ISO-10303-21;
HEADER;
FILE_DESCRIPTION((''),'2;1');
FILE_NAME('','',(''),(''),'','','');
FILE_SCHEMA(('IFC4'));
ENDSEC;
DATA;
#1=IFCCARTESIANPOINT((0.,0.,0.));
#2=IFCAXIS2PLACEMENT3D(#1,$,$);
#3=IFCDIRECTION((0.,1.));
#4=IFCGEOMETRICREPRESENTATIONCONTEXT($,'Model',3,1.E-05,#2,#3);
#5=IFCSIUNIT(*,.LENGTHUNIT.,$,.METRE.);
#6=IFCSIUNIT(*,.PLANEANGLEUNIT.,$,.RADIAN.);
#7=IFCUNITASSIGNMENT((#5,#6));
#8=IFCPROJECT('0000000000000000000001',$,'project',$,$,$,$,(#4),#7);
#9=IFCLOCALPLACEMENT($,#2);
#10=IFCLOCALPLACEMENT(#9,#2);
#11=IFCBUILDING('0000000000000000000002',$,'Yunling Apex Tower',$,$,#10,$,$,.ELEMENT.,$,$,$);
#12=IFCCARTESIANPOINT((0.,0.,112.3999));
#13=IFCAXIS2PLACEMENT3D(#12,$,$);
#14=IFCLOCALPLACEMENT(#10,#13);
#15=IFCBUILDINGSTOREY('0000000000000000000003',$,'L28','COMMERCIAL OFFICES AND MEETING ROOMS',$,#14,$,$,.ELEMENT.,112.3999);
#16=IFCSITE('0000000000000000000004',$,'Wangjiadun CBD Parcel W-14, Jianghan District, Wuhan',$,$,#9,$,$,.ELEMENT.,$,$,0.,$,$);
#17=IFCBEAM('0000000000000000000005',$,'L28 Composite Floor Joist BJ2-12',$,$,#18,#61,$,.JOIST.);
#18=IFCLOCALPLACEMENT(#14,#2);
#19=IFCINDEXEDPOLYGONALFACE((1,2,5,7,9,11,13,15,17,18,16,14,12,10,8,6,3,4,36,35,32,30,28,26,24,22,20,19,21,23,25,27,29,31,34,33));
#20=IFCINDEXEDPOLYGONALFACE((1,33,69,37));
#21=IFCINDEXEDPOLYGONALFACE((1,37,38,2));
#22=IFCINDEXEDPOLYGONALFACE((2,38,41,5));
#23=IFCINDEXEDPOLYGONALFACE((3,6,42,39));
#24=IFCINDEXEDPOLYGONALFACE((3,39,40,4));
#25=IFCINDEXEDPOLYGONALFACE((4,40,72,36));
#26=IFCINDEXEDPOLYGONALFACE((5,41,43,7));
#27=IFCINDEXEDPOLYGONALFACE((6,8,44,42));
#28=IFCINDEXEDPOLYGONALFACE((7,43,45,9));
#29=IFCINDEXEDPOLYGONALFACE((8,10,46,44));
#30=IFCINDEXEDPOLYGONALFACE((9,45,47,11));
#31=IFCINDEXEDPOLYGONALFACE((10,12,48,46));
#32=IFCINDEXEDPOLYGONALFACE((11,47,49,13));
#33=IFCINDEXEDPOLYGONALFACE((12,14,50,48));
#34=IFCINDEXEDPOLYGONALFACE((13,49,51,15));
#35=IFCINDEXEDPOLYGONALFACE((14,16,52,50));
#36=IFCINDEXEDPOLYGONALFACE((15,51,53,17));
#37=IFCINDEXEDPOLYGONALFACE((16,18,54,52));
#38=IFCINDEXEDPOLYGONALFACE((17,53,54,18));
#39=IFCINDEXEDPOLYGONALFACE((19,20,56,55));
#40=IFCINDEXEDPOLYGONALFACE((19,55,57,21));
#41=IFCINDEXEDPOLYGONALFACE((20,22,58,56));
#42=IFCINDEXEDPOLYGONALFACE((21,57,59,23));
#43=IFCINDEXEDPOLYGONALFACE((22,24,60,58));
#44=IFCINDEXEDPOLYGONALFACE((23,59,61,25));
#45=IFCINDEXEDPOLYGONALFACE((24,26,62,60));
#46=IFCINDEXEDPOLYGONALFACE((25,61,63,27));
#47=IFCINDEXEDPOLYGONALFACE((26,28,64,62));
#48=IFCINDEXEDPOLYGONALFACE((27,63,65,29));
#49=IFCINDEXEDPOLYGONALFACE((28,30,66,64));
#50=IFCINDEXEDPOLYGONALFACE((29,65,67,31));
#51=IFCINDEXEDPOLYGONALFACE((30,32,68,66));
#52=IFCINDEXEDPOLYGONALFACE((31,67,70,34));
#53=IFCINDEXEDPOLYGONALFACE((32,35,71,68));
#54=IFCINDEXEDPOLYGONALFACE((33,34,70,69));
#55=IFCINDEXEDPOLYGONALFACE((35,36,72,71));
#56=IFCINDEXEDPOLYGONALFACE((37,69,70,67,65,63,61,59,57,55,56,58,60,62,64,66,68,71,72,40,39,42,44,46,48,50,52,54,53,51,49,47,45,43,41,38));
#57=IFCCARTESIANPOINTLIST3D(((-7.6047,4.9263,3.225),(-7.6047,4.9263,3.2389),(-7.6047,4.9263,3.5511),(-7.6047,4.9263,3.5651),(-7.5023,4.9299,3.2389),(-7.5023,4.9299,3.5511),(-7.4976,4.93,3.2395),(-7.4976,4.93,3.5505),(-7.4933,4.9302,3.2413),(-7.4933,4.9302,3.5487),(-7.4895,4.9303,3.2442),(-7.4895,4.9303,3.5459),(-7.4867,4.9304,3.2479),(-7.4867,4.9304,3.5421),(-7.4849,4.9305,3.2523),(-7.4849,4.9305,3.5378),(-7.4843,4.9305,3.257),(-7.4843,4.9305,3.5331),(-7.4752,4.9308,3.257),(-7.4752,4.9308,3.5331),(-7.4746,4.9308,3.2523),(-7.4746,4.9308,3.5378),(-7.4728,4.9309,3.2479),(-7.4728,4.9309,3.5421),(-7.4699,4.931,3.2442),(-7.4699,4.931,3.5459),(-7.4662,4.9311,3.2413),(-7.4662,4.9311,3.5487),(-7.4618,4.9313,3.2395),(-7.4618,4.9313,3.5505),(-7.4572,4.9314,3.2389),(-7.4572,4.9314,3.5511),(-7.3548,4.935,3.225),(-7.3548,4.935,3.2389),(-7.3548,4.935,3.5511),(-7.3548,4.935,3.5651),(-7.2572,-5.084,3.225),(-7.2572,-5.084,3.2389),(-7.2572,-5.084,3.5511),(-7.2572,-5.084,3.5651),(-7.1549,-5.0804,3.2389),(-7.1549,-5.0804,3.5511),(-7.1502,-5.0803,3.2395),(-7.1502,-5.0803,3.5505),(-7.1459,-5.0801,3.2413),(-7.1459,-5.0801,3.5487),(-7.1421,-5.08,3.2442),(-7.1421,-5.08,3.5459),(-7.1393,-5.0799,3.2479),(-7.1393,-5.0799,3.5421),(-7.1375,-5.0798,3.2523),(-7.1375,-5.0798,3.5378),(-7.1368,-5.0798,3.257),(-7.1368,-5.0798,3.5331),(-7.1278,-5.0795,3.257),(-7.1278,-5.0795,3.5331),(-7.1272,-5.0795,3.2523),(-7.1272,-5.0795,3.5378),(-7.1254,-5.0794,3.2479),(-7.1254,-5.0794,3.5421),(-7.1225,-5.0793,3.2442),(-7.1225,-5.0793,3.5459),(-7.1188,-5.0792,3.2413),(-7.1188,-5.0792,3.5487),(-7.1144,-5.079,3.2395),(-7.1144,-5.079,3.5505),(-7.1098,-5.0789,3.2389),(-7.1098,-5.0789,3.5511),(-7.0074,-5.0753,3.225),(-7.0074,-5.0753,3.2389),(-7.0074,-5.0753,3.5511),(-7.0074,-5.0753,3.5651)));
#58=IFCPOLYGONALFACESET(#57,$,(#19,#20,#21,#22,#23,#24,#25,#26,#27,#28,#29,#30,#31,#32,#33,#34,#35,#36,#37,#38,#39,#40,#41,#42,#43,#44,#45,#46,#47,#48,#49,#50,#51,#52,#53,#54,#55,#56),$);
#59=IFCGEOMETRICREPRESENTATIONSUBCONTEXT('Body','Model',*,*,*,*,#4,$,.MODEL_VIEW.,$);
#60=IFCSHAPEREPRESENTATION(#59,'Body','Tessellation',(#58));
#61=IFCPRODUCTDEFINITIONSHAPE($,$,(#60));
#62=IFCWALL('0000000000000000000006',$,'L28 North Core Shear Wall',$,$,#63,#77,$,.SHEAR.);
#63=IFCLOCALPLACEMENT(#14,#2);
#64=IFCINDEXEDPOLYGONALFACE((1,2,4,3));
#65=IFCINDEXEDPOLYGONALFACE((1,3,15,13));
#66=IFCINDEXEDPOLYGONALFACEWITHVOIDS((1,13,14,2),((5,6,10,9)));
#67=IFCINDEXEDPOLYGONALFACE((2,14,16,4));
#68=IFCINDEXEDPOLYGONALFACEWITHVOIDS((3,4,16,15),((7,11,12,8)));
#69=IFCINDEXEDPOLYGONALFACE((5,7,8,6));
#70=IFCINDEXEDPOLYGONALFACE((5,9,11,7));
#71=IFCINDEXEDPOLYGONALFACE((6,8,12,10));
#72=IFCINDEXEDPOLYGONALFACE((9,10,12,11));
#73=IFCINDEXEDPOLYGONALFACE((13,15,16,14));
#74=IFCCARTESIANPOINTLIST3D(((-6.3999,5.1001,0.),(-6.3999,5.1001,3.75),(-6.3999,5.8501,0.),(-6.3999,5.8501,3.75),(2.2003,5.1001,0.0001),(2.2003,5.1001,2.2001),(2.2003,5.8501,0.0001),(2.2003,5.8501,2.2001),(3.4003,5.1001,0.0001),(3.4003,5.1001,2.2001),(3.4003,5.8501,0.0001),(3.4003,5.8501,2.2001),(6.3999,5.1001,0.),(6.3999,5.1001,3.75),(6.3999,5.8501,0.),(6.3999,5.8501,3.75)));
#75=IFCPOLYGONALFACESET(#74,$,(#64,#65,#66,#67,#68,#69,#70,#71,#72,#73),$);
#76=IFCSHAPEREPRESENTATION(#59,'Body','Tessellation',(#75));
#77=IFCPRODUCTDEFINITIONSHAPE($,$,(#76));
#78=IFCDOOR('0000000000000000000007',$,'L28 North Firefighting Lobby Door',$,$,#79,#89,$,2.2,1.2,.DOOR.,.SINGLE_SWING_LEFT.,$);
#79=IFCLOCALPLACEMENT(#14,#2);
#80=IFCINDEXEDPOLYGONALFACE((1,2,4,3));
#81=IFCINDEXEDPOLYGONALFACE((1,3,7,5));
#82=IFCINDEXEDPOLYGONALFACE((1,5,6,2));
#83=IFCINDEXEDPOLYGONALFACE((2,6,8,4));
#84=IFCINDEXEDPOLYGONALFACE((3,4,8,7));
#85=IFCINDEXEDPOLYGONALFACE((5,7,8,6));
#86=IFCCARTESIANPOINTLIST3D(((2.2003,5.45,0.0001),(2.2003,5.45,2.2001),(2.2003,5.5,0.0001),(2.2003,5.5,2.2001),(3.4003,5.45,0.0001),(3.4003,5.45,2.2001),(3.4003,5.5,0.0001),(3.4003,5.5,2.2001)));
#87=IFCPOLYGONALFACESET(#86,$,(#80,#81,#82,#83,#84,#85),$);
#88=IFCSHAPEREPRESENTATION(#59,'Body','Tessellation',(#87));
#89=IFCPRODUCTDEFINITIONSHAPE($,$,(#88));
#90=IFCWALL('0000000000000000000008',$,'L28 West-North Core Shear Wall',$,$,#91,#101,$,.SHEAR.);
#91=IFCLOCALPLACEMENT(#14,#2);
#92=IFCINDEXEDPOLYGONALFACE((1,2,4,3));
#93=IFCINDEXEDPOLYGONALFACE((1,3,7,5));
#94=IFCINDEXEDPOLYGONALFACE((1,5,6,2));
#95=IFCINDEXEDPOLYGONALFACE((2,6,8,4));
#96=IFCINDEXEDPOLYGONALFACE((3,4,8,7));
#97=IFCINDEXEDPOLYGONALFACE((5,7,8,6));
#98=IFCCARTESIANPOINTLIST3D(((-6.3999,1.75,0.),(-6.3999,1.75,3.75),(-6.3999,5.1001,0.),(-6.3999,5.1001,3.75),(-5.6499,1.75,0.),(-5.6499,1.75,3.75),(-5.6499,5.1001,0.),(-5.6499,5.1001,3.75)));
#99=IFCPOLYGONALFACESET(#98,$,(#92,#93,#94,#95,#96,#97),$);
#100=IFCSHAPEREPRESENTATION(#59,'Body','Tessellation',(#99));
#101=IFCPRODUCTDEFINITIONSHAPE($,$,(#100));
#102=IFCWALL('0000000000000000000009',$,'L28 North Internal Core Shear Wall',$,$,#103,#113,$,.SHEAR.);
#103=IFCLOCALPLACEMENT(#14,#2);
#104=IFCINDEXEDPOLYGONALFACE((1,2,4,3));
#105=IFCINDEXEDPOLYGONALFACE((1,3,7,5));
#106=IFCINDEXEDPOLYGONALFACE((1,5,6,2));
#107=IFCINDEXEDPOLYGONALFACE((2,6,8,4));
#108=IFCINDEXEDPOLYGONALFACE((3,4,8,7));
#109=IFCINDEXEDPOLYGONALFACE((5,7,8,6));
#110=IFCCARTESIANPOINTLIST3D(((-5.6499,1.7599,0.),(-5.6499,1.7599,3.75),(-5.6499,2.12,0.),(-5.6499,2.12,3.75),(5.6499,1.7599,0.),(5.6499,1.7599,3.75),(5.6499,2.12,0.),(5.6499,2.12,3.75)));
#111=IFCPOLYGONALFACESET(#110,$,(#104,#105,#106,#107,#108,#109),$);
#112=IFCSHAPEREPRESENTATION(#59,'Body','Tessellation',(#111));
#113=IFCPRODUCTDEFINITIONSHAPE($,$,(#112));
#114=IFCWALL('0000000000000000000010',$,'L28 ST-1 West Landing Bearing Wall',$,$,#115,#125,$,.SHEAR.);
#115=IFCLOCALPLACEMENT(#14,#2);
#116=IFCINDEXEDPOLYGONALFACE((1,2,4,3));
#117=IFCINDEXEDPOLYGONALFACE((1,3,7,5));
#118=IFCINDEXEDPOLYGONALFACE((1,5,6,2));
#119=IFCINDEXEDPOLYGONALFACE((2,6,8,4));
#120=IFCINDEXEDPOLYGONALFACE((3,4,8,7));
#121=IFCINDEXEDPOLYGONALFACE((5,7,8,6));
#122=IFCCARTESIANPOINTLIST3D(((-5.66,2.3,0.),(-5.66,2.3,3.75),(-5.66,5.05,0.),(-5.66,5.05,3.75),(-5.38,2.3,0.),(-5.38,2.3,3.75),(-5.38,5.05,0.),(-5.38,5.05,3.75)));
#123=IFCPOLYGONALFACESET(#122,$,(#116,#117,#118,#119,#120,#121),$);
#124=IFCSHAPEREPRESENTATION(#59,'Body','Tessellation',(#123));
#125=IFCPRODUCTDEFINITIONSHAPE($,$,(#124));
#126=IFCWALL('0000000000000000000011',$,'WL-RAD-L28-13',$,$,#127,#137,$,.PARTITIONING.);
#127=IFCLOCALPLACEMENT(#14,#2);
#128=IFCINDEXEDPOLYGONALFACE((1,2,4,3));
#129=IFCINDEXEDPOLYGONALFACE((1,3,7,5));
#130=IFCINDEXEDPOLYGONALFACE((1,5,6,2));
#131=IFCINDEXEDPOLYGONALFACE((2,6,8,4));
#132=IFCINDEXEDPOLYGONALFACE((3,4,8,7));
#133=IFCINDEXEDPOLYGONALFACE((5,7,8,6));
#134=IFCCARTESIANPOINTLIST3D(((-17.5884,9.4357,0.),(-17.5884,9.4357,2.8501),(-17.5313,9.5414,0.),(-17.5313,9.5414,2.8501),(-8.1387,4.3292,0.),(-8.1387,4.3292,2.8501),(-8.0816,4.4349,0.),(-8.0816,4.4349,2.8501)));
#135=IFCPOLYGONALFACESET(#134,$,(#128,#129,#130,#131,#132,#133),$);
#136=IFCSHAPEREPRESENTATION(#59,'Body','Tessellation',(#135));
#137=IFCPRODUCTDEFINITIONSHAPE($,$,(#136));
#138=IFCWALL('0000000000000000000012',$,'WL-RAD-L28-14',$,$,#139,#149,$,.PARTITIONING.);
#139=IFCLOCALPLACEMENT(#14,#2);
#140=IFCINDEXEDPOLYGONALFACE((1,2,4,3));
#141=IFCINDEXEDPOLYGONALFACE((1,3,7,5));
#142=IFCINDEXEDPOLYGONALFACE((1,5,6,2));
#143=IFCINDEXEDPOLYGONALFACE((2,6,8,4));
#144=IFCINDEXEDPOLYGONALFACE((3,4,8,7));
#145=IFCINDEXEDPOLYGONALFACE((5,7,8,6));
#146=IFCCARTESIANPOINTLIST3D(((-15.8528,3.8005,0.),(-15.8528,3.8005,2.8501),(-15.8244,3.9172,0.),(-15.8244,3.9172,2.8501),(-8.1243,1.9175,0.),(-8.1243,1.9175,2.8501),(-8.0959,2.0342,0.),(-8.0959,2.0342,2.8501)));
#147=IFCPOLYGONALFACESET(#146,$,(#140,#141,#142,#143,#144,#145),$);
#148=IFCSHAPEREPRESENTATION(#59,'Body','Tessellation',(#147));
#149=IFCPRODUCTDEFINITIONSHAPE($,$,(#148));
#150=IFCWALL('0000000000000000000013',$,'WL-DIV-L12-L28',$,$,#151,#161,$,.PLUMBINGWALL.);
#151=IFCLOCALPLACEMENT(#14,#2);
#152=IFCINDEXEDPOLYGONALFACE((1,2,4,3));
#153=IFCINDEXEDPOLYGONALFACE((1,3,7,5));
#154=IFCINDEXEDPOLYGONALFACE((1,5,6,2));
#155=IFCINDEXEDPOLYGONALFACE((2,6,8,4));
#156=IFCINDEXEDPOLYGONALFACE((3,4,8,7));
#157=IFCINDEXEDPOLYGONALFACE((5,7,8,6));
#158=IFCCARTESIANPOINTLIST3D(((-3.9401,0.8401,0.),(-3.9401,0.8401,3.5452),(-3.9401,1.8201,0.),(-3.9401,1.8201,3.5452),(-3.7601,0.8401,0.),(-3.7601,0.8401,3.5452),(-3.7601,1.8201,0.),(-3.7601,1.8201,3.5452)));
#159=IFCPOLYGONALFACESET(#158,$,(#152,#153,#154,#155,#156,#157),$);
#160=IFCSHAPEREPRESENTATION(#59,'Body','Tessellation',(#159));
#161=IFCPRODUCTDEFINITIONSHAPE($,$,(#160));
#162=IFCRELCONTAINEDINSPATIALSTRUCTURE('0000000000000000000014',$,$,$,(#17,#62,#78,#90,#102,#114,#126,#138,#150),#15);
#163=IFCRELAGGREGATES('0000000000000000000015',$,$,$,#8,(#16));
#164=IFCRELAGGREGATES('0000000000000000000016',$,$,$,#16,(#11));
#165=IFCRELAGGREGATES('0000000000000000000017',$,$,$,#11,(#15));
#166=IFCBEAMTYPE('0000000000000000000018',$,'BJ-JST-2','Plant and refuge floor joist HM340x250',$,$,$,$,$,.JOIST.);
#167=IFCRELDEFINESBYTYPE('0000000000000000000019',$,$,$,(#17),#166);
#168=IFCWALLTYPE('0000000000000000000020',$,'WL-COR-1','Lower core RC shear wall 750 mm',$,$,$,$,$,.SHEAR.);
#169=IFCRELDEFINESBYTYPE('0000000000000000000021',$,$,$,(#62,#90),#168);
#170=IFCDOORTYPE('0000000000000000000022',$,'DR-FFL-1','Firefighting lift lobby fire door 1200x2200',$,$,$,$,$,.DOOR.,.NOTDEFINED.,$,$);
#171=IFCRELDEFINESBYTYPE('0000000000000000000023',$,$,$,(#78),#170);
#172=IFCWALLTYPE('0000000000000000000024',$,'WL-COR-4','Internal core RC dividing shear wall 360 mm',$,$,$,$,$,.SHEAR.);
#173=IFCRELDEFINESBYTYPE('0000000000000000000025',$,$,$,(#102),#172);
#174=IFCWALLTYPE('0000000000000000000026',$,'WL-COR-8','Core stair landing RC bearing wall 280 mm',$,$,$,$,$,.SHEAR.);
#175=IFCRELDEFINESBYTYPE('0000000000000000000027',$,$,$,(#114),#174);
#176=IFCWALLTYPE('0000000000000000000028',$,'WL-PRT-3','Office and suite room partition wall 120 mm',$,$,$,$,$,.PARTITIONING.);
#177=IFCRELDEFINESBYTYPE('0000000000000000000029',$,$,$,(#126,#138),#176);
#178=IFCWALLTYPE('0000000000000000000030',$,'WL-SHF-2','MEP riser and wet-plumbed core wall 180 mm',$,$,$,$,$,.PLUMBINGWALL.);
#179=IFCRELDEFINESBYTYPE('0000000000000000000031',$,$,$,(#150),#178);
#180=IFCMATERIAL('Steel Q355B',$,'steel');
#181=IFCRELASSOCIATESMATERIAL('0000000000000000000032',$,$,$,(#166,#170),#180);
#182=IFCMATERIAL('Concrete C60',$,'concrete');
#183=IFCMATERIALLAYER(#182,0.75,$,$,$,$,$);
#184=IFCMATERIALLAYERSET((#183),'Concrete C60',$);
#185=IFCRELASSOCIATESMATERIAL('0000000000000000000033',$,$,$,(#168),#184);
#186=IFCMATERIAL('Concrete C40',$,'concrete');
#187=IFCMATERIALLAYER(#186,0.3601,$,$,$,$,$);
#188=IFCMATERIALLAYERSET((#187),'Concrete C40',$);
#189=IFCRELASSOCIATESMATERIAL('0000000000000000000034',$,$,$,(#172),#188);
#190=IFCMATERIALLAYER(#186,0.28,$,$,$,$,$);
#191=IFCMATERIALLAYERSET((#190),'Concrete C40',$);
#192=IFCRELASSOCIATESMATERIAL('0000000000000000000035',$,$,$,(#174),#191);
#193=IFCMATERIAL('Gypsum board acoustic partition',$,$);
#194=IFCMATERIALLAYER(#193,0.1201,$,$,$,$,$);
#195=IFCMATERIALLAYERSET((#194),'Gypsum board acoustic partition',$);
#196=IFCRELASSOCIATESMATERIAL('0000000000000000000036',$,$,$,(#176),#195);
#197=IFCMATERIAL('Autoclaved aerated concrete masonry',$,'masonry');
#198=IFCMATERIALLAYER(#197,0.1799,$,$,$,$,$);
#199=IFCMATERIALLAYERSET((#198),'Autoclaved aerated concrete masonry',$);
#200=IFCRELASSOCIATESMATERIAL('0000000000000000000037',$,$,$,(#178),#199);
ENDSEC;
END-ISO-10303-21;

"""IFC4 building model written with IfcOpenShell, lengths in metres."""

from ifc_helpers import new_model, si_unit, direction, frame, frame_2d, origin, origin_2d, place, context, subcontext, project, spatial, rectangle, i_section, extrude, source, transform, mapped, material, layer, layer_set, material_profile, profile_set, type_object, element, fill, save


model = new_model("IFC4")

# Units and contexts
model_context = context("Model", 3, precision=1e-05, world=origin(), true_north=direction((0.0, 1.0)))
body_context = subcontext(model_context, "Body", "Model", "MODEL_VIEW")
ifc_project = project(units=[si_unit("LENGTHUNIT", "METRE"), si_unit("PLANEANGLEUNIT", "RADIAN")], contexts=[model_context])

# Site, building, storey
site_placement = place(None, origin())
site = spatial("IfcSite", under=ifc_project, at=site_placement, Name="Wangjiadun CBD Parcel W-14, Jianghan District, Wuhan", CompositionType="ELEMENT", RefElevation=0.0)
building_placement = place(site_placement, origin())
building = spatial("IfcBuilding", under=site, at=building_placement, Name="Yunling Apex Tower", CompositionType="ELEMENT")
storey_placement = place(building_placement, frame((0.0, 0.0, 112.3999)))
storey = spatial("IfcBuildingStorey", under=building, at=storey_placement, Name="L28", Description="COMMERCIAL OFFICES AND MEETING ROOMS", CompositionType="ELEMENT", Elevation=112.3999)

# Shared definitions
ifc_material_1 = material(Name="Concrete C60", Category="concrete")

# Beam
ifc_material_2 = material(Name="Steel Q355B", Category="steel")
ifc_material_profile_1 = material_profile(ifc_material_2, i_section(OverallWidth=0.25, OverallDepth=0.3401, WebThickness=0.009, FlangeThickness=0.0139, FilletRadius=0.0181, at=origin_2d()))
ifc_profile_set_1 = profile_set([ifc_material_profile_1], Name="Steel Q355B")
beam_type_1 = type_object("IfcBeamType", Name="BJ-JST-2", Description="Plant and refuge floor joist HM340x250", PredefinedType="JOIST", material=ifc_profile_set_1)
shared_shape_1 = source(origin(), body_context, "Body", "SweptSolid", [
    extrude(i_section(OverallWidth=0.25, OverallDepth=0.3401, WebThickness=0.009, FlangeThickness=0.0139, FilletRadius=0.0181, at=origin_2d()), origin(), (0.0, 0.0, 1.0), 10.0164),
])
beam_1_placement = place(storey_placement, frame((-7.4797, 4.9307, 3.395), z_axis=(0.034685, -0.999398, 0.0), x_axis=(0.999398, 0.034685, 0.0)))
element("IfcBeam", 1, at=beam_1_placement, inside=storey, type_object=beam_type_1, Name="L28 Composite Floor Joist BJ2-12", PredefinedType="JOIST", context=body_context, shape_type="MappedRepresentation", body=[
    mapped(shared_shape_1, transform((0.0, 0.0, 0.0), scale=1.0)),
])

# Wall, opening, door
ifc_layer_1 = layer(ifc_material_1, 0.75)
ifc_layer_set_1 = layer_set([ifc_layer_1], Name="Concrete C60")
wall_type_1 = type_object("IfcWallType", Name="WL-COR-1", Description="Lower core RC shear wall 750 mm", PredefinedType="SHEAR", material=ifc_layer_set_1)
wall_1_placement = place(storey_placement, frame((-6.3999, 5.4751, 0.0), z_axis=(0.0, 0.0, 1.0), x_axis=(1.0, 0.0, 0.0)))
wall_1 = element("IfcWall", 2, at=wall_1_placement, inside=storey, type_object=wall_type_1, Name="L28 North Core Shear Wall", PredefinedType="SHEAR", context=body_context, shape_type="SweptSolid", body=[
    extrude(rectangle(XDim=12.7998, YDim=0.75, at=frame_2d((6.3999, 0.0))), origin(), (0.0, 0.0, 1.0), 3.75),
])
opening_1_placement = place(wall_1_placement, frame((8.6001, 0.0, 0.0)))
opening_1 = element("IfcOpeningElement", 3, at=opening_1_placement, cuts=wall_1, PredefinedType="OPENING", context=body_context, shape_type="SweptSolid", body=[
    extrude(rectangle(XDim=1.2, YDim=2.2, at=frame_2d((0.6001, 1.1001))), frame((0.0, 0.385, 0.0), z_axis=(0.0, -1.0, 0.0), x_axis=(1.0, 0.0, 0.0)), (0.0, 0.0, 1.0), 0.77),
])
door_type_1 = type_object("IfcDoorType", Name="DR-FFL-1", Description="Firefighting lift lobby fire door 1200x2200", OperationType="NOTDEFINED", PredefinedType="DOOR", material=ifc_material_2)
door_1_placement = place(opening_1_placement, origin())
door_1 = element("IfcDoor", 4, at=door_1_placement, inside=storey, type_object=door_type_1, Name="L28 North Firefighting Lobby Door", OperationType="SINGLE_SWING_LEFT", OverallHeight=2.2, OverallWidth=1.2, PredefinedType="DOOR", context=body_context, shape_type="SweptSolid", body=[
    extrude(rectangle(XDim=1.2, YDim=2.2, at=frame_2d((0.6001, 1.1001))), frame((0.0, 0.0249, 0.0), z_axis=(0.0, -1.0, 0.0), x_axis=(1.0, 0.0, 0.0)), (0.0, 0.0, 1.0), 0.05),
])
fill(opening_1, door_1)

# Walls
wall_2_placement = place(storey_placement, frame((-6.0249, 1.75, 0.0), z_axis=(0.0, 0.0, 1.0), x_axis=(0.0, 1.0, 0.0)))
element("IfcWall", 5, at=wall_2_placement, inside=storey, type_object=wall_type_1, Name="L28 West-North Core Shear Wall", PredefinedType="SHEAR", context=body_context, shape_type="SweptSolid", body=[
    extrude(rectangle(XDim=3.3501, YDim=0.75, at=frame_2d((1.675, 0.0))), origin(), (0.0, 0.0, 1.0), 3.75),
])
ifc_material_3 = material(Name="Concrete C40", Category="concrete")
ifc_layer_2 = layer(ifc_material_3, 0.3601)
ifc_layer_set_2 = layer_set([ifc_layer_2], Name="Concrete C40")
wall_type_2 = type_object("IfcWallType", Name="WL-COR-4", Description="Internal core RC dividing shear wall 360 mm", PredefinedType="SHEAR", material=ifc_layer_set_2)
wall_3_placement = place(storey_placement, frame((-5.6499, 1.9399, 0.0), z_axis=(0.0, 0.0, 1.0), x_axis=(1.0, 0.0, 0.0)))
element("IfcWall", 6, at=wall_3_placement, inside=storey, type_object=wall_type_2, Name="L28 North Internal Core Shear Wall", PredefinedType="SHEAR", context=body_context, shape_type="SweptSolid", body=[
    extrude(rectangle(XDim=11.2998, YDim=0.3601, at=frame_2d((5.6499, 0.0))), origin(), (0.0, 0.0, 1.0), 3.75),
])
ifc_layer_3 = layer(ifc_material_3, 0.28)
ifc_layer_set_3 = layer_set([ifc_layer_3], Name="Concrete C40")
wall_type_3 = type_object("IfcWallType", Name="WL-COR-8", Description="Core stair landing RC bearing wall 280 mm", PredefinedType="SHEAR", material=ifc_layer_set_3)
wall_4_placement = place(storey_placement, frame((-5.52, 2.3, 0.0), z_axis=(0.0, 0.0, 1.0), x_axis=(0.0, 1.0, 0.0)))
element("IfcWall", 7, at=wall_4_placement, inside=storey, type_object=wall_type_3, Name="L28 ST-1 West Landing Bearing Wall", PredefinedType="SHEAR", context=body_context, shape_type="SweptSolid", body=[
    extrude(rectangle(XDim=2.75, YDim=0.28, at=frame_2d((1.375, 0.0))), origin(), (0.0, 0.0, 1.0), 3.75),
])
ifc_material_4 = material(Name="Gypsum board acoustic partition")
ifc_layer_4 = layer(ifc_material_4, 0.1201)
ifc_layer_set_4 = layer_set([ifc_layer_4], Name="Gypsum board acoustic partition")
wall_type_4 = type_object("IfcWallType", Name="WL-PRT-3", Description="Office and suite room partition wall 120 mm", PredefinedType="PARTITIONING", material=ifc_layer_set_4)
wall_5_placement = place(storey_placement, frame((-8.1101, 4.3821, 0.0), z_axis=(0.0, 0.0, 1.0), x_axis=(-0.879765, 0.475409, 0.0)))
element("IfcWall", 8, at=wall_5_placement, inside=storey, type_object=wall_type_4, Name="WL-RAD-L28-13", PredefinedType="PARTITIONING", context=body_context, shape_type="SweptSolid", body=[
    extrude(rectangle(XDim=10.7412, YDim=0.1201, at=frame_2d((5.3706, 0.0))), origin(), (0.0, 0.0, 1.0), 2.8501),
])
wall_6_placement = place(storey_placement, frame((-8.1101, 1.9758, 0.0), z_axis=(0.0, 0.0, 1.0), x_axis=(-0.971577, 0.236725, 0.0)))
element("IfcWall", 9, at=wall_6_placement, inside=storey, type_object=wall_type_4, Name="WL-RAD-L28-14", PredefinedType="PARTITIONING", context=body_context, shape_type="SweptSolid", body=[
    extrude(rectangle(XDim=7.9546, YDim=0.1201, at=frame_2d((3.9773, 0.0))), origin(), (0.0, 0.0, 1.0), 2.8501),
])
ifc_material_5 = material(Name="Autoclaved aerated concrete masonry", Category="masonry")
ifc_layer_5 = layer(ifc_material_5, 0.1799)
ifc_layer_set_5 = layer_set([ifc_layer_5], Name="Autoclaved aerated concrete masonry")
wall_type_5 = type_object("IfcWallType", Name="WL-SHF-2", Description="MEP riser and wet-plumbed core wall 180 mm", PredefinedType="PLUMBINGWALL", material=ifc_layer_set_5)
wall_7_placement = place(storey_placement, frame((-3.8501, 0.8401, 0.0), z_axis=(0.0, 0.0, 1.0), x_axis=(0.0, 1.0, 0.0)))
element("IfcWall", 10, at=wall_7_placement, inside=storey, type_object=wall_type_5, Name="WL-DIV-L12-L28", PredefinedType="PLUMBINGWALL", context=body_context, shape_type="SweptSolid", body=[
    extrude(rectangle(XDim=0.98, YDim=0.1799, at=frame_2d((0.49, 0.0))), origin(), (0.0, 0.0, 1.0), 3.5452),
])

save(model, "model.ifc")
